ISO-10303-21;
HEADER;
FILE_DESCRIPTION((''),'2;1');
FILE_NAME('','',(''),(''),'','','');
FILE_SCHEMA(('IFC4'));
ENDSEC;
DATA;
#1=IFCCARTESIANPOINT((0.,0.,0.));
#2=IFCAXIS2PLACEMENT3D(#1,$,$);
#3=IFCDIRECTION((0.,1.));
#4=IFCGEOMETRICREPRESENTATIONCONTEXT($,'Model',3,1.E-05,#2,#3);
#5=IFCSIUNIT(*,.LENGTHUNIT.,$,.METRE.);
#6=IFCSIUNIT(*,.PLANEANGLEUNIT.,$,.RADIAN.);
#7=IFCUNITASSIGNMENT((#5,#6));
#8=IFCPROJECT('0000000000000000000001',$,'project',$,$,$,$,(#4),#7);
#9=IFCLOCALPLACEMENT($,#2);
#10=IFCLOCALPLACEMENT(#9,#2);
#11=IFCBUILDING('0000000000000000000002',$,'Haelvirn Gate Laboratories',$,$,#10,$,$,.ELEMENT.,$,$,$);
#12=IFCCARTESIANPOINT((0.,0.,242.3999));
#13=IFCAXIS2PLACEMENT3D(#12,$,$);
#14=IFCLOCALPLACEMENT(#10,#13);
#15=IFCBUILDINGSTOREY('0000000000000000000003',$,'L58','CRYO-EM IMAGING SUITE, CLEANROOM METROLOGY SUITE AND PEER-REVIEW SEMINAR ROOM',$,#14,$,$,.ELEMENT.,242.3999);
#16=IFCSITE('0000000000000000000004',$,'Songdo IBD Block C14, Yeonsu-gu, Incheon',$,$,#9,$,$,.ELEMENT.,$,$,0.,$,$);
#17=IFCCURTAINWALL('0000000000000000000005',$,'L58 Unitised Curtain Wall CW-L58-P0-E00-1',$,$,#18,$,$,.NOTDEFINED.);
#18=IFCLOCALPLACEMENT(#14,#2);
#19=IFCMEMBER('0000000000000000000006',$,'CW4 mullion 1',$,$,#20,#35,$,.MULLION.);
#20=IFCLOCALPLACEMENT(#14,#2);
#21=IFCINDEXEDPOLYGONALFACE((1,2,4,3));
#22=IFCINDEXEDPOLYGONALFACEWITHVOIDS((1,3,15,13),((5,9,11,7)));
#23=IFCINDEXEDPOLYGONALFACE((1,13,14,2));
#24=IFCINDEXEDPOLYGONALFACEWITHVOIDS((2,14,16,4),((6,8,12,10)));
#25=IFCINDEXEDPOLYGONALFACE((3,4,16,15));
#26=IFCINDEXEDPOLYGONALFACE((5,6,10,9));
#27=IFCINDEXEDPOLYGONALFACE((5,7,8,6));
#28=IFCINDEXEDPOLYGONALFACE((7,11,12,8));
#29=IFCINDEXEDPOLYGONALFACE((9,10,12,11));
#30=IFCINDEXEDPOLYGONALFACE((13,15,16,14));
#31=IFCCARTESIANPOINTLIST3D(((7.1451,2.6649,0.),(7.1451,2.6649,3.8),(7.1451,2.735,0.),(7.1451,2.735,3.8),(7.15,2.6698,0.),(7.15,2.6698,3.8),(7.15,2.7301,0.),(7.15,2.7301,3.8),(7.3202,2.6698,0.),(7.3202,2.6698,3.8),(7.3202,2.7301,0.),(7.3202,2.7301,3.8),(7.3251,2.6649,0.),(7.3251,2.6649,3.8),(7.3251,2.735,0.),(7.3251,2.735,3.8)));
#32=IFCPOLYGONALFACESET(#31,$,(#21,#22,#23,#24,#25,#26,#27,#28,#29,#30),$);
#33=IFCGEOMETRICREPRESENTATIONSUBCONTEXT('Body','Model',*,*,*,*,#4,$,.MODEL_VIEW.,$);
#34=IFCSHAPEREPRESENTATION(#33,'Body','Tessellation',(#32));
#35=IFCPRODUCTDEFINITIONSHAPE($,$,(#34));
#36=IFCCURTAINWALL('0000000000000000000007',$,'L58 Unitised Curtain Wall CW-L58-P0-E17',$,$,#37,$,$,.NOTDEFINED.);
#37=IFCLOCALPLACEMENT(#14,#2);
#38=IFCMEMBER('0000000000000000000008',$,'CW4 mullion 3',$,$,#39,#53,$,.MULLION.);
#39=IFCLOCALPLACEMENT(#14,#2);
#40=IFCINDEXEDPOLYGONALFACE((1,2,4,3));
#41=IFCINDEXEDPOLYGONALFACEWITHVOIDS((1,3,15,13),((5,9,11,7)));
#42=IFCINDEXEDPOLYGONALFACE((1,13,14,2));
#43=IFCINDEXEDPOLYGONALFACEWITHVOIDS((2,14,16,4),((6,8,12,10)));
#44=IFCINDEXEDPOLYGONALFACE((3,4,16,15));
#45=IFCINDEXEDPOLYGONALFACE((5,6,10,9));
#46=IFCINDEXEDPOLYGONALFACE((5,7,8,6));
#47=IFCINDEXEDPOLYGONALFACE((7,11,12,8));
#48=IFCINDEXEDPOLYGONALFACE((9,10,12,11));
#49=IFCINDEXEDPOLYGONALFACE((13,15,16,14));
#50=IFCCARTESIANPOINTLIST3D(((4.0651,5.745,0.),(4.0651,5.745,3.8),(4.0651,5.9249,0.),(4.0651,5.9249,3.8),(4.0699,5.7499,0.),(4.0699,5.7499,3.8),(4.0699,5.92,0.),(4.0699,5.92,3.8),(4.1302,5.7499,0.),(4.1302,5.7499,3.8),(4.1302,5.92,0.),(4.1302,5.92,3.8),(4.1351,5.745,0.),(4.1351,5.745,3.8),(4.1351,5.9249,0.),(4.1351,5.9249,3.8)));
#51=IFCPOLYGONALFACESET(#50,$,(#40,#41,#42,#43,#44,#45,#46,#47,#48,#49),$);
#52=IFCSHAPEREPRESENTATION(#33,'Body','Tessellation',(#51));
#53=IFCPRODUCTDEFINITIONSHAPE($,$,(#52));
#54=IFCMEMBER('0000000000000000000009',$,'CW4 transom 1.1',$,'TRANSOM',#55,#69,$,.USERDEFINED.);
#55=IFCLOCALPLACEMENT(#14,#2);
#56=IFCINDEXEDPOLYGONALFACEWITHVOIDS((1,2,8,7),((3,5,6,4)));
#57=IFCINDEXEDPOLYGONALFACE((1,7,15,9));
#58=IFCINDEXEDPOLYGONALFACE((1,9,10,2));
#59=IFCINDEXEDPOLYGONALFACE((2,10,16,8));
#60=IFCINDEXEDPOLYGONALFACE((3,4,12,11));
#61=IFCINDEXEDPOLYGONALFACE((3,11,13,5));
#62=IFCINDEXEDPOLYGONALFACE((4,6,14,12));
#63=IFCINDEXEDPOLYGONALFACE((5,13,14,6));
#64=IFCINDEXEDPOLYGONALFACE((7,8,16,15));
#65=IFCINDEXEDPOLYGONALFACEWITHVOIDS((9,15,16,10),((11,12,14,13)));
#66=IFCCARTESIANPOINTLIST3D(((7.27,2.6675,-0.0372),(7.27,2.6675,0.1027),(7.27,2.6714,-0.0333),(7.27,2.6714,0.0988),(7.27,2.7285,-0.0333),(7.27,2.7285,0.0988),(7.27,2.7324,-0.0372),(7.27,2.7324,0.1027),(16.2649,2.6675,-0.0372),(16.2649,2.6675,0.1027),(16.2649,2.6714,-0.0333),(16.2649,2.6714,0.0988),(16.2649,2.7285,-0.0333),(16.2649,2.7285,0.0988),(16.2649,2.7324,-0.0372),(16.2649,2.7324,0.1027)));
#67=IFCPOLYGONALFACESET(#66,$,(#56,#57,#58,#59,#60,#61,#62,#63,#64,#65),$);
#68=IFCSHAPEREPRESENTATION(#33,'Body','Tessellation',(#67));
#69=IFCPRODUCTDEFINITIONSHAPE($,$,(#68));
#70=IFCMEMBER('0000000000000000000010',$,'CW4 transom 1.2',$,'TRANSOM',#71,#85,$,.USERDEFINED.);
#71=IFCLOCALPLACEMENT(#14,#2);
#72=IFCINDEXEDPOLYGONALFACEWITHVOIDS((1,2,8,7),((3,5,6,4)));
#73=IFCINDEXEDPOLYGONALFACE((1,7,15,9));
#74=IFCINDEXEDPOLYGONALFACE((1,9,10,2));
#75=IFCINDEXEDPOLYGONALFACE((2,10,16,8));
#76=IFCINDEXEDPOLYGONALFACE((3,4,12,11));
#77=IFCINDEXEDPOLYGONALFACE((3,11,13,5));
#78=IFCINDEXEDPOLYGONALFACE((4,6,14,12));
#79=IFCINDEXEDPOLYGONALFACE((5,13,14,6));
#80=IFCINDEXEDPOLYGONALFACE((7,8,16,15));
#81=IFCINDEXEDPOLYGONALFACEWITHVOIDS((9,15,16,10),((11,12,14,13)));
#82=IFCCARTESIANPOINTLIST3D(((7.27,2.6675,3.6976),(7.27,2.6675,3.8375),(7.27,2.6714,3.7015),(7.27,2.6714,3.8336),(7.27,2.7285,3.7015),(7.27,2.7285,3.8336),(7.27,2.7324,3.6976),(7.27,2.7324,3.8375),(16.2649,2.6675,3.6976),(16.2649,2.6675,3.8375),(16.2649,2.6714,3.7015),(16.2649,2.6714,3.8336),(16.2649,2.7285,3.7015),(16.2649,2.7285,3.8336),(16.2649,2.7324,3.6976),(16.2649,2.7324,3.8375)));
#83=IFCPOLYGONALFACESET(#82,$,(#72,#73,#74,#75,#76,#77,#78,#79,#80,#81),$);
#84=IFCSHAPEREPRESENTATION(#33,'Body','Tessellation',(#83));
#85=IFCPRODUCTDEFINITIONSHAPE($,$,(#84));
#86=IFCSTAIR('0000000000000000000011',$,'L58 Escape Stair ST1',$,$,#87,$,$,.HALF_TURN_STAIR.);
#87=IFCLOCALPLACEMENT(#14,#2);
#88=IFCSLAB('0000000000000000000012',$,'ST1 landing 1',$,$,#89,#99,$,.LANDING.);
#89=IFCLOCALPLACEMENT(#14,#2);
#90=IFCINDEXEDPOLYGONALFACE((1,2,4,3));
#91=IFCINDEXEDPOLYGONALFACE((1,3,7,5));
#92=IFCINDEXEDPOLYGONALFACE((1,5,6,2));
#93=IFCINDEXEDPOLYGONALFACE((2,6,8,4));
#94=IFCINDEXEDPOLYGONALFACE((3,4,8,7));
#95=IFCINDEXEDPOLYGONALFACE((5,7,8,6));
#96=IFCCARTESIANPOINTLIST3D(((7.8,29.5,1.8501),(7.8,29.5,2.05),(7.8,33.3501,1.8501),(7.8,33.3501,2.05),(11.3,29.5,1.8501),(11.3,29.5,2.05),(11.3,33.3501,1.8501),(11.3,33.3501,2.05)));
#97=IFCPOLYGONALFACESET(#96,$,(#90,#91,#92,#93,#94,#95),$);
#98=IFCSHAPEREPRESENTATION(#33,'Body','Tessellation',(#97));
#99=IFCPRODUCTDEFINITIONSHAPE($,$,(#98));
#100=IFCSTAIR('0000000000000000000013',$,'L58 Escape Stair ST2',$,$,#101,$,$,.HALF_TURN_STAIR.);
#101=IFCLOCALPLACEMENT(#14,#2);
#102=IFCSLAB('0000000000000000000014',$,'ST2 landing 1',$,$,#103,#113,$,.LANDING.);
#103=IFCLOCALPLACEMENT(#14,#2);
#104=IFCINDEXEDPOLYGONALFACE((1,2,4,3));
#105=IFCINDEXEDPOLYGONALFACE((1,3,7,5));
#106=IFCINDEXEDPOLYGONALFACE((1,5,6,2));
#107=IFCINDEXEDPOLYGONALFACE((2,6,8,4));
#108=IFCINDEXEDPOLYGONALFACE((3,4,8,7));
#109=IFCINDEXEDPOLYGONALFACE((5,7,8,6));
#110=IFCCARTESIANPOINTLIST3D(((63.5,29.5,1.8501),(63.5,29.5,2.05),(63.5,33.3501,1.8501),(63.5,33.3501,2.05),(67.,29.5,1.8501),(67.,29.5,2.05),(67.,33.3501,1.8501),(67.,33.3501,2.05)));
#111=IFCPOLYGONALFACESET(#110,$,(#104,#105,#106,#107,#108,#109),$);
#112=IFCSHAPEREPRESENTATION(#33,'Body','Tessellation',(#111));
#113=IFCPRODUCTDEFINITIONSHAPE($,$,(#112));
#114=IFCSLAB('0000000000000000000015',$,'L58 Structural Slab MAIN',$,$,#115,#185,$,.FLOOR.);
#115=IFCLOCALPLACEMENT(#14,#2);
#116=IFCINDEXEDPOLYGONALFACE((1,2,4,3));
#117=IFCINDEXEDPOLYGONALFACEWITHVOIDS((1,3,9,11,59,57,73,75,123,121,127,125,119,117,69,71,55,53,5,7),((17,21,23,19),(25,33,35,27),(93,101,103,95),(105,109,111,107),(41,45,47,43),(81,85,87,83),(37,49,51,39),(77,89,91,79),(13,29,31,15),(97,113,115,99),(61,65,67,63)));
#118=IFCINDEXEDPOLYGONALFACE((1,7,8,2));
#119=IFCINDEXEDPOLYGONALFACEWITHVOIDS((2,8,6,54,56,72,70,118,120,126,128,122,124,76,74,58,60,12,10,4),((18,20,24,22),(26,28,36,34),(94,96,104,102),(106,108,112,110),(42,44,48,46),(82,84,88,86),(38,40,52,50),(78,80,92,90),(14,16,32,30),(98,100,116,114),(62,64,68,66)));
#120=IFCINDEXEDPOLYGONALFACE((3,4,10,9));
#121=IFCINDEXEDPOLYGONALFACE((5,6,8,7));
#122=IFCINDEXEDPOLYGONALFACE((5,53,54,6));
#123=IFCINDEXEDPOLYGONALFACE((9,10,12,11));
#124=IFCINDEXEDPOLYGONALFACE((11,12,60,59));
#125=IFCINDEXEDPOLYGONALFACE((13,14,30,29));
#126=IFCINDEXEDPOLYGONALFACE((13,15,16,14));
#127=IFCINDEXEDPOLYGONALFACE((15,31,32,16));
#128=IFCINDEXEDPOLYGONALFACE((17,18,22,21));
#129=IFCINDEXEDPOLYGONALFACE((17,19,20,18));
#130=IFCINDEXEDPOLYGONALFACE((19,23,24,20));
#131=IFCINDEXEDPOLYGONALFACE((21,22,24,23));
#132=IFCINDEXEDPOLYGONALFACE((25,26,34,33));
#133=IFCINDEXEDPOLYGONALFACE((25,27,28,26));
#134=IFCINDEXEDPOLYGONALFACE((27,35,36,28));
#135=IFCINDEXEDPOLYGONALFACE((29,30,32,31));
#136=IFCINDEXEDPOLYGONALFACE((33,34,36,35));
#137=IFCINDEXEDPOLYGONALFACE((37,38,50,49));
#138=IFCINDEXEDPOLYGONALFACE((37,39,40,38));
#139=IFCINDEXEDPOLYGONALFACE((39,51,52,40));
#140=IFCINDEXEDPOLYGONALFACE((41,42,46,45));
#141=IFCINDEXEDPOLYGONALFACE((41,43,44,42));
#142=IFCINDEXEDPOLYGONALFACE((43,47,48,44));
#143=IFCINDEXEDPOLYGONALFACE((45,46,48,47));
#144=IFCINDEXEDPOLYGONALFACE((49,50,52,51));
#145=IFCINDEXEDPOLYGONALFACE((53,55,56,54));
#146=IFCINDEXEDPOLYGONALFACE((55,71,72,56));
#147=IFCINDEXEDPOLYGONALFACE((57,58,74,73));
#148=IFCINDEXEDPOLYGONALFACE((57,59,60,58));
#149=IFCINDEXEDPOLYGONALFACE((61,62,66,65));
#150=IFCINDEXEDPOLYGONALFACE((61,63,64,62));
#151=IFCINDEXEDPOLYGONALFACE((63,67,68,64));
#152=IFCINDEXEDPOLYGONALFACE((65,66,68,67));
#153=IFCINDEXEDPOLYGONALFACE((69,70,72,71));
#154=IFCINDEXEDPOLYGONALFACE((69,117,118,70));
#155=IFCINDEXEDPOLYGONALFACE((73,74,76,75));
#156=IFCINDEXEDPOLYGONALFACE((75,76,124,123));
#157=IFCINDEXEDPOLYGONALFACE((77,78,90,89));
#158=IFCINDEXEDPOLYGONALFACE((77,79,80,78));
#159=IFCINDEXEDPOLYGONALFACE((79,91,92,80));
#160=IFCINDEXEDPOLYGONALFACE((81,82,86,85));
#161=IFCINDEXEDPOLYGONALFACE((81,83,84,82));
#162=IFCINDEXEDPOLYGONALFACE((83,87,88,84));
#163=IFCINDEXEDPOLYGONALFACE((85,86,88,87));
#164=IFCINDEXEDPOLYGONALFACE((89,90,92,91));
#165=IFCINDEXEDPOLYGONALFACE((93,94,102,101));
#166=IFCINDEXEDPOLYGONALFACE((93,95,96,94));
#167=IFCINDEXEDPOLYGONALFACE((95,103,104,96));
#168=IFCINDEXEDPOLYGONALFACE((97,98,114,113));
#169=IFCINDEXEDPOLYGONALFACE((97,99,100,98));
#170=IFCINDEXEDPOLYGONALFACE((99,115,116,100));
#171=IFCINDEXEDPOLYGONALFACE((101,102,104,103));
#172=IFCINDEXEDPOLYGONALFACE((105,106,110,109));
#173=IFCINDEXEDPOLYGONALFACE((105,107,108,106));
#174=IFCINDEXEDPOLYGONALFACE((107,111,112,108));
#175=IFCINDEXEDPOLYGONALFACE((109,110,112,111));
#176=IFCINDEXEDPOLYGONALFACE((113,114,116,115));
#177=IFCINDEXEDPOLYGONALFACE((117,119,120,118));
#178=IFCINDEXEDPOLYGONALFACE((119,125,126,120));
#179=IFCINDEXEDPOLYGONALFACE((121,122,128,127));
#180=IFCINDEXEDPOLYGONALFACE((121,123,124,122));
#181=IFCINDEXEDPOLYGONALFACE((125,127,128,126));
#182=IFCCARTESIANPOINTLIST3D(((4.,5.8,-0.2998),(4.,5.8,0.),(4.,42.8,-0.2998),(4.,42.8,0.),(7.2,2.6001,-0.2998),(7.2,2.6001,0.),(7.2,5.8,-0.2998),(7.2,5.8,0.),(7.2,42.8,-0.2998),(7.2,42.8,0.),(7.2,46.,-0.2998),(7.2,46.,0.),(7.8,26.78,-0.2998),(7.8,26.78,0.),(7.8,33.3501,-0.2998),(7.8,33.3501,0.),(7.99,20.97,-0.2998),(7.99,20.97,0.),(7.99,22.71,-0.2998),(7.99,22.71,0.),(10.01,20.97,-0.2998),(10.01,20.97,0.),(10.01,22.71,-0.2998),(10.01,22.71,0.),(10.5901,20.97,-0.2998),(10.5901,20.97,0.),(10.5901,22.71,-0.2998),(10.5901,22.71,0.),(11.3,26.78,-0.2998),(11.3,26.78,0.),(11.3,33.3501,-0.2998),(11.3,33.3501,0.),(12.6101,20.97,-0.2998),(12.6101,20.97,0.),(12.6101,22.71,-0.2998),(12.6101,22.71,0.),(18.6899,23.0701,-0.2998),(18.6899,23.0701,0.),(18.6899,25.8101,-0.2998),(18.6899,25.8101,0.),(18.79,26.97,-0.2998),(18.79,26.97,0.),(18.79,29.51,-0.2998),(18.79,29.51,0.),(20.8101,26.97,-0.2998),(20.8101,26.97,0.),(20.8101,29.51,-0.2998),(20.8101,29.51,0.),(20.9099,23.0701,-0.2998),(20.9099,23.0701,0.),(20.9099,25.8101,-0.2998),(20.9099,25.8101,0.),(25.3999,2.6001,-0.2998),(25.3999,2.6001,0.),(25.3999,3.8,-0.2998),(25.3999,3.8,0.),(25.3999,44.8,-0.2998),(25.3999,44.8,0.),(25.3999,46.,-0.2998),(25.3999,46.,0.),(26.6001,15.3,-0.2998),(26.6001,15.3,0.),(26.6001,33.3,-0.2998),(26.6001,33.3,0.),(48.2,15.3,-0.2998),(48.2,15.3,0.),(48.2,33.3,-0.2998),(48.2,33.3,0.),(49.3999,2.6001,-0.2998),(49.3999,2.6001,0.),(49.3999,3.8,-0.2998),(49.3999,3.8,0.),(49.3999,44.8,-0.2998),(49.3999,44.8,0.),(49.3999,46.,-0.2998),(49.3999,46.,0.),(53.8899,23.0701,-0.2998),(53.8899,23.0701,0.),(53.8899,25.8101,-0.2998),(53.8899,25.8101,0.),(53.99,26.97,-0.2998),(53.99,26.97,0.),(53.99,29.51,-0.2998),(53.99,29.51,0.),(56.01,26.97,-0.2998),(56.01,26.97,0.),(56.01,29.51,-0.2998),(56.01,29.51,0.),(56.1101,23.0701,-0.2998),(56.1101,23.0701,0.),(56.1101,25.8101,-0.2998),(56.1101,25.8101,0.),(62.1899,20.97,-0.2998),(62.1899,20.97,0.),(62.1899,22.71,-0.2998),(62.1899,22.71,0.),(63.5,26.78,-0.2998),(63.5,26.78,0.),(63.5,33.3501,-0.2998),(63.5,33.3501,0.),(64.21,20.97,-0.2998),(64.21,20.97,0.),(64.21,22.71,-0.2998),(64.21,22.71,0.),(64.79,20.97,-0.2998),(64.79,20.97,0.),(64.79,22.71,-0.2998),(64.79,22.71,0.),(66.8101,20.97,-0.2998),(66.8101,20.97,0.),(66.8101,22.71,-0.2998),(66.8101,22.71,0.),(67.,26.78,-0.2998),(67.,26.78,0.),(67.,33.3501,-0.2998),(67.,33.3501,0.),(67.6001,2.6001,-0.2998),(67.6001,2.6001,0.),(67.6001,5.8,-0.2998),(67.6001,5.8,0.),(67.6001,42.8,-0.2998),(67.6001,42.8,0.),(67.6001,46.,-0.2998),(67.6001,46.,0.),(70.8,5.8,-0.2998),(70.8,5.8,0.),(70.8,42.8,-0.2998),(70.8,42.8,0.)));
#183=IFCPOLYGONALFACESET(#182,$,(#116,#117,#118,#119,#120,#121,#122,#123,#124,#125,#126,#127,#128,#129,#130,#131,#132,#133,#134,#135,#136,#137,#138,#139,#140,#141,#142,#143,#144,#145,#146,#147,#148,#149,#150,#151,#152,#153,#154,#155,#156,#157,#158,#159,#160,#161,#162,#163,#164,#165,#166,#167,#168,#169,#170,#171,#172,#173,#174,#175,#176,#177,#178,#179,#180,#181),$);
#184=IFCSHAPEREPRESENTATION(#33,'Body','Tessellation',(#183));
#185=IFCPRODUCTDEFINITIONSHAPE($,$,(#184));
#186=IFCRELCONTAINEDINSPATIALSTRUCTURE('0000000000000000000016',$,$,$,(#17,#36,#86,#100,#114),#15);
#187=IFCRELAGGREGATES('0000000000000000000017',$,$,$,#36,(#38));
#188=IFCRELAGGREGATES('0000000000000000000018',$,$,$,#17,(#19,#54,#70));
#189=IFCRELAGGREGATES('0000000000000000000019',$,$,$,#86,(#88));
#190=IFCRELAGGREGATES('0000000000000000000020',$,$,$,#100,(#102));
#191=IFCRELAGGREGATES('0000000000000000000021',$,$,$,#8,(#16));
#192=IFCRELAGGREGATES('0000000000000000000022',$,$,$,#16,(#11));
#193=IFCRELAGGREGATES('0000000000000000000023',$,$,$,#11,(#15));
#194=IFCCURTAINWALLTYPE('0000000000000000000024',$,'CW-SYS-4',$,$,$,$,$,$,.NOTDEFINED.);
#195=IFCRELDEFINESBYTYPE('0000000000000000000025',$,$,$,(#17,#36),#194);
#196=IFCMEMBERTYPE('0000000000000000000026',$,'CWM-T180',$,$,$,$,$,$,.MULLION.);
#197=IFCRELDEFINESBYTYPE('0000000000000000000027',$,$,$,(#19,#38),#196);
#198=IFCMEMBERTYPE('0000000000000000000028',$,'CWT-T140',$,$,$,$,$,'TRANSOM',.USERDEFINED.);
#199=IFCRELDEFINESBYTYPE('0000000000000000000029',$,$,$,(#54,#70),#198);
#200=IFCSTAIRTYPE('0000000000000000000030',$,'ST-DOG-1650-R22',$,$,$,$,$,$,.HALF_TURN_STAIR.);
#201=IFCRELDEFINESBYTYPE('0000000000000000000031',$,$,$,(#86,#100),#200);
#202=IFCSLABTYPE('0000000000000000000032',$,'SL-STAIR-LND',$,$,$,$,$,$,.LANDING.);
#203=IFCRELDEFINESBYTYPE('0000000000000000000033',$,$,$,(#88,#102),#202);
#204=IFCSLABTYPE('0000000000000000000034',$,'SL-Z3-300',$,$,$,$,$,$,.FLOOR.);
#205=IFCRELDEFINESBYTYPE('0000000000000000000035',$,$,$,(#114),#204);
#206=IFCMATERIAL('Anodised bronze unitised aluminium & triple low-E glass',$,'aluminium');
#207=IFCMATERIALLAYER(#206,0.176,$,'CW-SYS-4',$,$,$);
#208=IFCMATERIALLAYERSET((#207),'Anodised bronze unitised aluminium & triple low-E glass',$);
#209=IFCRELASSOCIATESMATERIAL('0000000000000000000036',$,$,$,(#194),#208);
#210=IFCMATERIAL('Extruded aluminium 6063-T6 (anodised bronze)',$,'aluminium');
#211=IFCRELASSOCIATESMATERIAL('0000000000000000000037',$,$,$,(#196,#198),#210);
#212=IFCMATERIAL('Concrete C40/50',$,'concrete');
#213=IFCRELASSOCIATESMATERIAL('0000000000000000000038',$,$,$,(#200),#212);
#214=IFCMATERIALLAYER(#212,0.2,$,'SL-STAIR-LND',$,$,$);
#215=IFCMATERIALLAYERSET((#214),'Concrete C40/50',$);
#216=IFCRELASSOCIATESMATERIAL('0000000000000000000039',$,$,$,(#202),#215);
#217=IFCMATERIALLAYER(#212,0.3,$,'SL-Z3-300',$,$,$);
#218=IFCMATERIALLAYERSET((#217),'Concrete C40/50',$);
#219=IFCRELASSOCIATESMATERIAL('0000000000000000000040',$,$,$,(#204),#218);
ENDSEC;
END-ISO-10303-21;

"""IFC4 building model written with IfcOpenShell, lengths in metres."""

from ifc_helpers import new_model, si_unit, direction, frame, origin, origin_2d, place, context, subcontext, project, spatial, polyline, hollow_rectangle, outline, extrude, source, transform, mapped, material, layer, layer_set, material_profile, profile_set, type_object, type_shapes, element, aggregate, save


model = new_model("IFC4")

# Units and contexts
model_context = context("Model", 3, precision=1e-05, world=origin(), true_north=direction((0.0, 1.0)))
body_context = subcontext(model_context, "Body", "Model", "MODEL_VIEW")
ifc_project = project(units=[si_unit("LENGTHUNIT", "METRE"), si_unit("PLANEANGLEUNIT", "RADIAN")], contexts=[model_context])

# Site, building, storey
site_placement = place(None, origin())
site = spatial("IfcSite", under=ifc_project, at=site_placement, Name="Songdo IBD Block C14, Yeonsu-gu, Incheon", CompositionType="ELEMENT", RefElevation=0.0)
building_placement = place(site_placement, origin())
building = spatial("IfcBuilding", under=site, at=building_placement, Name="Haelvirn Gate Laboratories", CompositionType="ELEMENT")
storey_placement = place(building_placement, frame((0.0, 0.0, 242.3999)))
storey = spatial("IfcBuildingStorey", under=building, at=storey_placement, Name="L58", Description="CRYO-EM IMAGING SUITE, CLEANROOM METROLOGY SUITE AND PEER-REVIEW SEMINAR ROOM", CompositionType="ELEMENT", Elevation=242.3999)

# Curtain walls, members
ifc_material_1 = material(Name="Anodised bronze unitised aluminium & triple low-E glass", Category="aluminium")
ifc_layer_1 = layer(ifc_material_1, 0.176, Name="CW-SYS-4")
ifc_layer_set_1 = layer_set([ifc_layer_1], Name="Anodised bronze unitised aluminium & triple low-E glass")
curtain_wall_type = type_object("IfcCurtainWallType", Name="CW-SYS-4", PredefinedType="NOTDEFINED", material=ifc_layer_set_1)
curtain_wall_1_placement = place(storey_placement, origin())
curtain_wall_1 = element("IfcCurtainWall", 1, at=curtain_wall_1_placement, inside=storey, type_object=curtain_wall_type, Name="L58 Unitised Curtain Wall CW-L58-P0-E00-1", PredefinedType="NOTDEFINED")
ifc_material_2 = material(Name="Extruded aluminium 6063-T6 (anodised bronze)", Category="aluminium")
ifc_material_profile_1 = material_profile(ifc_material_2, hollow_rectangle(XDim=0.0701, YDim=0.1799, WallThickness=0.0049, at=origin_2d()), Name="CWM-180x70x5")
ifc_profile_set_1 = profile_set([ifc_material_profile_1], Name="Extruded aluminium 6063-T6 (anodised bronze)")
member_type_1 = type_object("IfcMemberType", Name="CWM-T180", PredefinedType="MULLION", material=ifc_profile_set_1)
shared_shape_1 = source(origin(), body_context, "Body", "SweptSolid", [
    extrude(hollow_rectangle(XDim=0.0701, YDim=0.1799, WallThickness=0.0049, at=origin_2d()), origin(), (0.0, 0.0, 1.0), 3.8),
])
type_shapes(member_type_1, [shared_shape_1])
member_1_placement = place(storey_placement, frame((7.2351, 2.7, 0.0), z_axis=(0.0, 0.0, 1.0), x_axis=(0.0, 1.0, 0.0)))
member_1 = element("IfcMember", 2, at=member_1_placement, type_object=member_type_1, Name="CW4 mullion 1", PredefinedType="MULLION", context=body_context, shape_type="MappedRepresentation", body=[
    mapped(shared_shape_1, transform((0.0, 0.0, 0.0), scale=1.0)),
])
curtain_wall_2_placement = place(storey_placement, origin())
curtain_wall_2 = element("IfcCurtainWall", 3, at=curtain_wall_2_placement, inside=storey, type_object=curtain_wall_type, Name="L58 Unitised Curtain Wall CW-L58-P0-E17", PredefinedType="NOTDEFINED")
member_2_placement = place(storey_placement, frame((4.1001, 5.835, 0.0), z_axis=(0.0, 0.0, 1.0), x_axis=(1.0, 0.0, 0.0)))
member_2 = element("IfcMember", 4, at=member_2_placement, type_object=member_type_1, Name="CW4 mullion 3", PredefinedType="MULLION", context=body_context, shape_type="MappedRepresentation", body=[
    mapped(shared_shape_1, transform((0.0, 0.0, 0.0), scale=1.0)),
])
aggregate(curtain_wall_2, [member_2])

# Members
ifc_material_profile_2 = material_profile(ifc_material_2, hollow_rectangle(XDim=0.0649, YDim=0.1399, WallThickness=0.0039, at=origin_2d()), Name="CWT-140x65x4")
ifc_profile_set_2 = profile_set([ifc_material_profile_2], Name="Extruded aluminium 6063-T6 (anodised bronze)")
member_type_2 = type_object("IfcMemberType", Name="CWT-T140", ElementType="TRANSOM", PredefinedType="USERDEFINED", material=ifc_profile_set_2)
shared_shape_2 = source(origin(), body_context, "Body", "SweptSolid", [
    extrude(hollow_rectangle(XDim=0.0649, YDim=0.1399, WallThickness=0.0039, at=origin_2d()), origin(), (0.0, 0.0, 1.0), 8.9949),
])
type_shapes(member_type_2, [shared_shape_2])
member_3_placement = place(storey_placement, frame((7.27, 2.7, 0.0327), z_axis=(1.0, 0.0, 0.0), x_axis=(0.0, 1.0, 0.0)))
member_3 = element("IfcMember", 5, at=member_3_placement, type_object=member_type_2, Name="CW4 transom 1.1", ObjectType="TRANSOM", PredefinedType="USERDEFINED", context=body_context, shape_type="MappedRepresentation", body=[
    mapped(shared_shape_2, transform((0.0, 0.0, 0.0), scale=1.0)),
])
member_4_placement = place(storey_placement, frame((7.27, 2.7, 3.7676), z_axis=(1.0, 0.0, 0.0), x_axis=(0.0, 1.0, 0.0)))
member_4 = element("IfcMember", 6, at=member_4_placement, type_object=member_type_2, Name="CW4 transom 1.2", ObjectType="TRANSOM", PredefinedType="USERDEFINED", context=body_context, shape_type="MappedRepresentation", body=[
    mapped(shared_shape_2, transform((0.0, 0.0, 0.0), scale=1.0)),
])
aggregate(curtain_wall_1, [member_1, member_3, member_4])

# Stairs, slabs
ifc_material_3 = material(Name="Concrete C40/50", Category="concrete")
stair_type = type_object("IfcStairType", Name="ST-DOG-1650-R22", PredefinedType="HALF_TURN_STAIR", material=ifc_material_3)
stair_1_placement = place(storey_placement, origin())
stair_1 = element("IfcStair", 7, at=stair_1_placement, inside=storey, type_object=stair_type, Name="L58 Escape Stair ST1", PredefinedType="HALF_TURN_STAIR")
ifc_layer_2 = layer(ifc_material_3, 0.2, Name="SL-STAIR-LND")
ifc_layer_set_2 = layer_set([ifc_layer_2], Name="Concrete C40/50")
slab_type_1 = type_object("IfcSlabType", Name="SL-STAIR-LND", PredefinedType="LANDING", material=ifc_layer_set_2)
slab_1_placement = place(storey_placement, frame((0.0, 0.0, 1.8501)))
slab_1 = element("IfcSlab", 8, at=slab_1_placement, type_object=slab_type_1, Name="ST1 landing 1", PredefinedType="LANDING", context=body_context, shape_type="SweptSolid", body=[
    extrude(outline(polyline([(11.3, 29.5), (11.3, 33.3501), (7.8, 33.3501), (7.8, 29.5), (11.3, 29.5)])), origin(), (0.0, 0.0, 1.0), 0.2),
])
aggregate(stair_1, [slab_1])
stair_2_placement = place(storey_placement, origin())
stair_2 = element("IfcStair", 9, at=stair_2_placement, inside=storey, type_object=stair_type, Name="L58 Escape Stair ST2", PredefinedType="HALF_TURN_STAIR")
slab_2_placement = place(storey_placement, frame((0.0, 0.0, 1.8501)))
slab_2 = element("IfcSlab", 10, at=slab_2_placement, type_object=slab_type_1, Name="ST2 landing 1", PredefinedType="LANDING", context=body_context, shape_type="SweptSolid", body=[
    extrude(outline(polyline([(67.0, 29.5), (67.0, 33.3501), (63.5, 33.3501), (63.5, 29.5), (67.0, 29.5)])), origin(), (0.0, 0.0, 1.0), 0.2),
])
aggregate(stair_2, [slab_2])

# Slab
ifc_layer_3 = layer(ifc_material_3, 0.3, Name="SL-Z3-300")
ifc_layer_set_3 = layer_set([ifc_layer_3], Name="Concrete C40/50")
slab_type_2 = type_object("IfcSlabType", Name="SL-Z3-300", PredefinedType="FLOOR", material=ifc_layer_set_3)
slab_3_placement = place(storey_placement, frame((0.0, 0.0, -0.2998)))
element("IfcSlab", 11, at=slab_3_placement, inside=storey, type_object=slab_type_2, Name="L58 Structural Slab MAIN", PredefinedType="FLOOR", context=body_context, shape_type="SweptSolid", body=[
    extrude(outline(polyline([(7.2, 2.6001), (25.3999, 2.6001), (25.3999, 3.8), (49.3999, 3.8), (49.3999, 2.6001), (67.6001, 2.6001), (67.6001, 5.8), (70.8, 5.8), (70.8, 42.8), (67.6001, 42.8), (67.6001, 46.0), (49.3999, 46.0), (49.3999, 44.8), (25.3999, 44.8), (25.3999, 46.0), (7.2, 46.0), (7.2, 42.8), (4.0, 42.8), (4.0, 5.8), (7.2, 5.8), (7.2, 2.6001)]), holes=[polyline([(26.6001, 15.3), (48.2, 15.3), (48.2, 33.3), (26.6001, 33.3), (26.6001, 15.3)]), polyline([(11.3, 26.78), (11.3, 33.3501), (7.8, 33.3501), (7.8, 26.78), (11.3, 26.78)]), polyline([(67.0, 26.78), (67.0, 33.3501), (63.5, 33.3501), (63.5, 26.78), (67.0, 26.78)]), polyline([(7.99, 20.97), (10.01, 20.97), (10.01, 22.71), (7.99, 22.71), (7.99, 20.97)]), polyline([(10.5901, 20.97), (12.6101, 20.97), (12.6101, 22.71), (10.5901, 22.71), (10.5901, 20.97)]), polyline([(18.79, 26.97), (20.8101, 26.97), (20.8101, 29.51), (18.79, 29.51), (18.79, 26.97)]), polyline([(18.6899, 23.0701), (20.9099, 23.0701), (20.9099, 25.8101), (18.6899, 25.8101), (18.6899, 23.0701)]), polyline([(64.79, 20.97), (66.8101, 20.97), (66.8101, 22.71), (64.79, 22.71), (64.79, 20.97)]), polyline([(62.1899, 20.97), (64.21, 20.97), (64.21, 22.71), (62.1899, 22.71), (62.1899, 20.97)]), polyline([(53.99, 26.97), (56.01, 26.97), (56.01, 29.51), (53.99, 29.51), (53.99, 26.97)]), polyline([(53.8899, 23.0701), (56.1101, 23.0701), (56.1101, 25.8101), (53.8899, 25.8101), (53.8899, 23.0701)])]), origin(), (0.0, 0.0, 1.0), 0.2998),
])

save(model, "model.ifc")
